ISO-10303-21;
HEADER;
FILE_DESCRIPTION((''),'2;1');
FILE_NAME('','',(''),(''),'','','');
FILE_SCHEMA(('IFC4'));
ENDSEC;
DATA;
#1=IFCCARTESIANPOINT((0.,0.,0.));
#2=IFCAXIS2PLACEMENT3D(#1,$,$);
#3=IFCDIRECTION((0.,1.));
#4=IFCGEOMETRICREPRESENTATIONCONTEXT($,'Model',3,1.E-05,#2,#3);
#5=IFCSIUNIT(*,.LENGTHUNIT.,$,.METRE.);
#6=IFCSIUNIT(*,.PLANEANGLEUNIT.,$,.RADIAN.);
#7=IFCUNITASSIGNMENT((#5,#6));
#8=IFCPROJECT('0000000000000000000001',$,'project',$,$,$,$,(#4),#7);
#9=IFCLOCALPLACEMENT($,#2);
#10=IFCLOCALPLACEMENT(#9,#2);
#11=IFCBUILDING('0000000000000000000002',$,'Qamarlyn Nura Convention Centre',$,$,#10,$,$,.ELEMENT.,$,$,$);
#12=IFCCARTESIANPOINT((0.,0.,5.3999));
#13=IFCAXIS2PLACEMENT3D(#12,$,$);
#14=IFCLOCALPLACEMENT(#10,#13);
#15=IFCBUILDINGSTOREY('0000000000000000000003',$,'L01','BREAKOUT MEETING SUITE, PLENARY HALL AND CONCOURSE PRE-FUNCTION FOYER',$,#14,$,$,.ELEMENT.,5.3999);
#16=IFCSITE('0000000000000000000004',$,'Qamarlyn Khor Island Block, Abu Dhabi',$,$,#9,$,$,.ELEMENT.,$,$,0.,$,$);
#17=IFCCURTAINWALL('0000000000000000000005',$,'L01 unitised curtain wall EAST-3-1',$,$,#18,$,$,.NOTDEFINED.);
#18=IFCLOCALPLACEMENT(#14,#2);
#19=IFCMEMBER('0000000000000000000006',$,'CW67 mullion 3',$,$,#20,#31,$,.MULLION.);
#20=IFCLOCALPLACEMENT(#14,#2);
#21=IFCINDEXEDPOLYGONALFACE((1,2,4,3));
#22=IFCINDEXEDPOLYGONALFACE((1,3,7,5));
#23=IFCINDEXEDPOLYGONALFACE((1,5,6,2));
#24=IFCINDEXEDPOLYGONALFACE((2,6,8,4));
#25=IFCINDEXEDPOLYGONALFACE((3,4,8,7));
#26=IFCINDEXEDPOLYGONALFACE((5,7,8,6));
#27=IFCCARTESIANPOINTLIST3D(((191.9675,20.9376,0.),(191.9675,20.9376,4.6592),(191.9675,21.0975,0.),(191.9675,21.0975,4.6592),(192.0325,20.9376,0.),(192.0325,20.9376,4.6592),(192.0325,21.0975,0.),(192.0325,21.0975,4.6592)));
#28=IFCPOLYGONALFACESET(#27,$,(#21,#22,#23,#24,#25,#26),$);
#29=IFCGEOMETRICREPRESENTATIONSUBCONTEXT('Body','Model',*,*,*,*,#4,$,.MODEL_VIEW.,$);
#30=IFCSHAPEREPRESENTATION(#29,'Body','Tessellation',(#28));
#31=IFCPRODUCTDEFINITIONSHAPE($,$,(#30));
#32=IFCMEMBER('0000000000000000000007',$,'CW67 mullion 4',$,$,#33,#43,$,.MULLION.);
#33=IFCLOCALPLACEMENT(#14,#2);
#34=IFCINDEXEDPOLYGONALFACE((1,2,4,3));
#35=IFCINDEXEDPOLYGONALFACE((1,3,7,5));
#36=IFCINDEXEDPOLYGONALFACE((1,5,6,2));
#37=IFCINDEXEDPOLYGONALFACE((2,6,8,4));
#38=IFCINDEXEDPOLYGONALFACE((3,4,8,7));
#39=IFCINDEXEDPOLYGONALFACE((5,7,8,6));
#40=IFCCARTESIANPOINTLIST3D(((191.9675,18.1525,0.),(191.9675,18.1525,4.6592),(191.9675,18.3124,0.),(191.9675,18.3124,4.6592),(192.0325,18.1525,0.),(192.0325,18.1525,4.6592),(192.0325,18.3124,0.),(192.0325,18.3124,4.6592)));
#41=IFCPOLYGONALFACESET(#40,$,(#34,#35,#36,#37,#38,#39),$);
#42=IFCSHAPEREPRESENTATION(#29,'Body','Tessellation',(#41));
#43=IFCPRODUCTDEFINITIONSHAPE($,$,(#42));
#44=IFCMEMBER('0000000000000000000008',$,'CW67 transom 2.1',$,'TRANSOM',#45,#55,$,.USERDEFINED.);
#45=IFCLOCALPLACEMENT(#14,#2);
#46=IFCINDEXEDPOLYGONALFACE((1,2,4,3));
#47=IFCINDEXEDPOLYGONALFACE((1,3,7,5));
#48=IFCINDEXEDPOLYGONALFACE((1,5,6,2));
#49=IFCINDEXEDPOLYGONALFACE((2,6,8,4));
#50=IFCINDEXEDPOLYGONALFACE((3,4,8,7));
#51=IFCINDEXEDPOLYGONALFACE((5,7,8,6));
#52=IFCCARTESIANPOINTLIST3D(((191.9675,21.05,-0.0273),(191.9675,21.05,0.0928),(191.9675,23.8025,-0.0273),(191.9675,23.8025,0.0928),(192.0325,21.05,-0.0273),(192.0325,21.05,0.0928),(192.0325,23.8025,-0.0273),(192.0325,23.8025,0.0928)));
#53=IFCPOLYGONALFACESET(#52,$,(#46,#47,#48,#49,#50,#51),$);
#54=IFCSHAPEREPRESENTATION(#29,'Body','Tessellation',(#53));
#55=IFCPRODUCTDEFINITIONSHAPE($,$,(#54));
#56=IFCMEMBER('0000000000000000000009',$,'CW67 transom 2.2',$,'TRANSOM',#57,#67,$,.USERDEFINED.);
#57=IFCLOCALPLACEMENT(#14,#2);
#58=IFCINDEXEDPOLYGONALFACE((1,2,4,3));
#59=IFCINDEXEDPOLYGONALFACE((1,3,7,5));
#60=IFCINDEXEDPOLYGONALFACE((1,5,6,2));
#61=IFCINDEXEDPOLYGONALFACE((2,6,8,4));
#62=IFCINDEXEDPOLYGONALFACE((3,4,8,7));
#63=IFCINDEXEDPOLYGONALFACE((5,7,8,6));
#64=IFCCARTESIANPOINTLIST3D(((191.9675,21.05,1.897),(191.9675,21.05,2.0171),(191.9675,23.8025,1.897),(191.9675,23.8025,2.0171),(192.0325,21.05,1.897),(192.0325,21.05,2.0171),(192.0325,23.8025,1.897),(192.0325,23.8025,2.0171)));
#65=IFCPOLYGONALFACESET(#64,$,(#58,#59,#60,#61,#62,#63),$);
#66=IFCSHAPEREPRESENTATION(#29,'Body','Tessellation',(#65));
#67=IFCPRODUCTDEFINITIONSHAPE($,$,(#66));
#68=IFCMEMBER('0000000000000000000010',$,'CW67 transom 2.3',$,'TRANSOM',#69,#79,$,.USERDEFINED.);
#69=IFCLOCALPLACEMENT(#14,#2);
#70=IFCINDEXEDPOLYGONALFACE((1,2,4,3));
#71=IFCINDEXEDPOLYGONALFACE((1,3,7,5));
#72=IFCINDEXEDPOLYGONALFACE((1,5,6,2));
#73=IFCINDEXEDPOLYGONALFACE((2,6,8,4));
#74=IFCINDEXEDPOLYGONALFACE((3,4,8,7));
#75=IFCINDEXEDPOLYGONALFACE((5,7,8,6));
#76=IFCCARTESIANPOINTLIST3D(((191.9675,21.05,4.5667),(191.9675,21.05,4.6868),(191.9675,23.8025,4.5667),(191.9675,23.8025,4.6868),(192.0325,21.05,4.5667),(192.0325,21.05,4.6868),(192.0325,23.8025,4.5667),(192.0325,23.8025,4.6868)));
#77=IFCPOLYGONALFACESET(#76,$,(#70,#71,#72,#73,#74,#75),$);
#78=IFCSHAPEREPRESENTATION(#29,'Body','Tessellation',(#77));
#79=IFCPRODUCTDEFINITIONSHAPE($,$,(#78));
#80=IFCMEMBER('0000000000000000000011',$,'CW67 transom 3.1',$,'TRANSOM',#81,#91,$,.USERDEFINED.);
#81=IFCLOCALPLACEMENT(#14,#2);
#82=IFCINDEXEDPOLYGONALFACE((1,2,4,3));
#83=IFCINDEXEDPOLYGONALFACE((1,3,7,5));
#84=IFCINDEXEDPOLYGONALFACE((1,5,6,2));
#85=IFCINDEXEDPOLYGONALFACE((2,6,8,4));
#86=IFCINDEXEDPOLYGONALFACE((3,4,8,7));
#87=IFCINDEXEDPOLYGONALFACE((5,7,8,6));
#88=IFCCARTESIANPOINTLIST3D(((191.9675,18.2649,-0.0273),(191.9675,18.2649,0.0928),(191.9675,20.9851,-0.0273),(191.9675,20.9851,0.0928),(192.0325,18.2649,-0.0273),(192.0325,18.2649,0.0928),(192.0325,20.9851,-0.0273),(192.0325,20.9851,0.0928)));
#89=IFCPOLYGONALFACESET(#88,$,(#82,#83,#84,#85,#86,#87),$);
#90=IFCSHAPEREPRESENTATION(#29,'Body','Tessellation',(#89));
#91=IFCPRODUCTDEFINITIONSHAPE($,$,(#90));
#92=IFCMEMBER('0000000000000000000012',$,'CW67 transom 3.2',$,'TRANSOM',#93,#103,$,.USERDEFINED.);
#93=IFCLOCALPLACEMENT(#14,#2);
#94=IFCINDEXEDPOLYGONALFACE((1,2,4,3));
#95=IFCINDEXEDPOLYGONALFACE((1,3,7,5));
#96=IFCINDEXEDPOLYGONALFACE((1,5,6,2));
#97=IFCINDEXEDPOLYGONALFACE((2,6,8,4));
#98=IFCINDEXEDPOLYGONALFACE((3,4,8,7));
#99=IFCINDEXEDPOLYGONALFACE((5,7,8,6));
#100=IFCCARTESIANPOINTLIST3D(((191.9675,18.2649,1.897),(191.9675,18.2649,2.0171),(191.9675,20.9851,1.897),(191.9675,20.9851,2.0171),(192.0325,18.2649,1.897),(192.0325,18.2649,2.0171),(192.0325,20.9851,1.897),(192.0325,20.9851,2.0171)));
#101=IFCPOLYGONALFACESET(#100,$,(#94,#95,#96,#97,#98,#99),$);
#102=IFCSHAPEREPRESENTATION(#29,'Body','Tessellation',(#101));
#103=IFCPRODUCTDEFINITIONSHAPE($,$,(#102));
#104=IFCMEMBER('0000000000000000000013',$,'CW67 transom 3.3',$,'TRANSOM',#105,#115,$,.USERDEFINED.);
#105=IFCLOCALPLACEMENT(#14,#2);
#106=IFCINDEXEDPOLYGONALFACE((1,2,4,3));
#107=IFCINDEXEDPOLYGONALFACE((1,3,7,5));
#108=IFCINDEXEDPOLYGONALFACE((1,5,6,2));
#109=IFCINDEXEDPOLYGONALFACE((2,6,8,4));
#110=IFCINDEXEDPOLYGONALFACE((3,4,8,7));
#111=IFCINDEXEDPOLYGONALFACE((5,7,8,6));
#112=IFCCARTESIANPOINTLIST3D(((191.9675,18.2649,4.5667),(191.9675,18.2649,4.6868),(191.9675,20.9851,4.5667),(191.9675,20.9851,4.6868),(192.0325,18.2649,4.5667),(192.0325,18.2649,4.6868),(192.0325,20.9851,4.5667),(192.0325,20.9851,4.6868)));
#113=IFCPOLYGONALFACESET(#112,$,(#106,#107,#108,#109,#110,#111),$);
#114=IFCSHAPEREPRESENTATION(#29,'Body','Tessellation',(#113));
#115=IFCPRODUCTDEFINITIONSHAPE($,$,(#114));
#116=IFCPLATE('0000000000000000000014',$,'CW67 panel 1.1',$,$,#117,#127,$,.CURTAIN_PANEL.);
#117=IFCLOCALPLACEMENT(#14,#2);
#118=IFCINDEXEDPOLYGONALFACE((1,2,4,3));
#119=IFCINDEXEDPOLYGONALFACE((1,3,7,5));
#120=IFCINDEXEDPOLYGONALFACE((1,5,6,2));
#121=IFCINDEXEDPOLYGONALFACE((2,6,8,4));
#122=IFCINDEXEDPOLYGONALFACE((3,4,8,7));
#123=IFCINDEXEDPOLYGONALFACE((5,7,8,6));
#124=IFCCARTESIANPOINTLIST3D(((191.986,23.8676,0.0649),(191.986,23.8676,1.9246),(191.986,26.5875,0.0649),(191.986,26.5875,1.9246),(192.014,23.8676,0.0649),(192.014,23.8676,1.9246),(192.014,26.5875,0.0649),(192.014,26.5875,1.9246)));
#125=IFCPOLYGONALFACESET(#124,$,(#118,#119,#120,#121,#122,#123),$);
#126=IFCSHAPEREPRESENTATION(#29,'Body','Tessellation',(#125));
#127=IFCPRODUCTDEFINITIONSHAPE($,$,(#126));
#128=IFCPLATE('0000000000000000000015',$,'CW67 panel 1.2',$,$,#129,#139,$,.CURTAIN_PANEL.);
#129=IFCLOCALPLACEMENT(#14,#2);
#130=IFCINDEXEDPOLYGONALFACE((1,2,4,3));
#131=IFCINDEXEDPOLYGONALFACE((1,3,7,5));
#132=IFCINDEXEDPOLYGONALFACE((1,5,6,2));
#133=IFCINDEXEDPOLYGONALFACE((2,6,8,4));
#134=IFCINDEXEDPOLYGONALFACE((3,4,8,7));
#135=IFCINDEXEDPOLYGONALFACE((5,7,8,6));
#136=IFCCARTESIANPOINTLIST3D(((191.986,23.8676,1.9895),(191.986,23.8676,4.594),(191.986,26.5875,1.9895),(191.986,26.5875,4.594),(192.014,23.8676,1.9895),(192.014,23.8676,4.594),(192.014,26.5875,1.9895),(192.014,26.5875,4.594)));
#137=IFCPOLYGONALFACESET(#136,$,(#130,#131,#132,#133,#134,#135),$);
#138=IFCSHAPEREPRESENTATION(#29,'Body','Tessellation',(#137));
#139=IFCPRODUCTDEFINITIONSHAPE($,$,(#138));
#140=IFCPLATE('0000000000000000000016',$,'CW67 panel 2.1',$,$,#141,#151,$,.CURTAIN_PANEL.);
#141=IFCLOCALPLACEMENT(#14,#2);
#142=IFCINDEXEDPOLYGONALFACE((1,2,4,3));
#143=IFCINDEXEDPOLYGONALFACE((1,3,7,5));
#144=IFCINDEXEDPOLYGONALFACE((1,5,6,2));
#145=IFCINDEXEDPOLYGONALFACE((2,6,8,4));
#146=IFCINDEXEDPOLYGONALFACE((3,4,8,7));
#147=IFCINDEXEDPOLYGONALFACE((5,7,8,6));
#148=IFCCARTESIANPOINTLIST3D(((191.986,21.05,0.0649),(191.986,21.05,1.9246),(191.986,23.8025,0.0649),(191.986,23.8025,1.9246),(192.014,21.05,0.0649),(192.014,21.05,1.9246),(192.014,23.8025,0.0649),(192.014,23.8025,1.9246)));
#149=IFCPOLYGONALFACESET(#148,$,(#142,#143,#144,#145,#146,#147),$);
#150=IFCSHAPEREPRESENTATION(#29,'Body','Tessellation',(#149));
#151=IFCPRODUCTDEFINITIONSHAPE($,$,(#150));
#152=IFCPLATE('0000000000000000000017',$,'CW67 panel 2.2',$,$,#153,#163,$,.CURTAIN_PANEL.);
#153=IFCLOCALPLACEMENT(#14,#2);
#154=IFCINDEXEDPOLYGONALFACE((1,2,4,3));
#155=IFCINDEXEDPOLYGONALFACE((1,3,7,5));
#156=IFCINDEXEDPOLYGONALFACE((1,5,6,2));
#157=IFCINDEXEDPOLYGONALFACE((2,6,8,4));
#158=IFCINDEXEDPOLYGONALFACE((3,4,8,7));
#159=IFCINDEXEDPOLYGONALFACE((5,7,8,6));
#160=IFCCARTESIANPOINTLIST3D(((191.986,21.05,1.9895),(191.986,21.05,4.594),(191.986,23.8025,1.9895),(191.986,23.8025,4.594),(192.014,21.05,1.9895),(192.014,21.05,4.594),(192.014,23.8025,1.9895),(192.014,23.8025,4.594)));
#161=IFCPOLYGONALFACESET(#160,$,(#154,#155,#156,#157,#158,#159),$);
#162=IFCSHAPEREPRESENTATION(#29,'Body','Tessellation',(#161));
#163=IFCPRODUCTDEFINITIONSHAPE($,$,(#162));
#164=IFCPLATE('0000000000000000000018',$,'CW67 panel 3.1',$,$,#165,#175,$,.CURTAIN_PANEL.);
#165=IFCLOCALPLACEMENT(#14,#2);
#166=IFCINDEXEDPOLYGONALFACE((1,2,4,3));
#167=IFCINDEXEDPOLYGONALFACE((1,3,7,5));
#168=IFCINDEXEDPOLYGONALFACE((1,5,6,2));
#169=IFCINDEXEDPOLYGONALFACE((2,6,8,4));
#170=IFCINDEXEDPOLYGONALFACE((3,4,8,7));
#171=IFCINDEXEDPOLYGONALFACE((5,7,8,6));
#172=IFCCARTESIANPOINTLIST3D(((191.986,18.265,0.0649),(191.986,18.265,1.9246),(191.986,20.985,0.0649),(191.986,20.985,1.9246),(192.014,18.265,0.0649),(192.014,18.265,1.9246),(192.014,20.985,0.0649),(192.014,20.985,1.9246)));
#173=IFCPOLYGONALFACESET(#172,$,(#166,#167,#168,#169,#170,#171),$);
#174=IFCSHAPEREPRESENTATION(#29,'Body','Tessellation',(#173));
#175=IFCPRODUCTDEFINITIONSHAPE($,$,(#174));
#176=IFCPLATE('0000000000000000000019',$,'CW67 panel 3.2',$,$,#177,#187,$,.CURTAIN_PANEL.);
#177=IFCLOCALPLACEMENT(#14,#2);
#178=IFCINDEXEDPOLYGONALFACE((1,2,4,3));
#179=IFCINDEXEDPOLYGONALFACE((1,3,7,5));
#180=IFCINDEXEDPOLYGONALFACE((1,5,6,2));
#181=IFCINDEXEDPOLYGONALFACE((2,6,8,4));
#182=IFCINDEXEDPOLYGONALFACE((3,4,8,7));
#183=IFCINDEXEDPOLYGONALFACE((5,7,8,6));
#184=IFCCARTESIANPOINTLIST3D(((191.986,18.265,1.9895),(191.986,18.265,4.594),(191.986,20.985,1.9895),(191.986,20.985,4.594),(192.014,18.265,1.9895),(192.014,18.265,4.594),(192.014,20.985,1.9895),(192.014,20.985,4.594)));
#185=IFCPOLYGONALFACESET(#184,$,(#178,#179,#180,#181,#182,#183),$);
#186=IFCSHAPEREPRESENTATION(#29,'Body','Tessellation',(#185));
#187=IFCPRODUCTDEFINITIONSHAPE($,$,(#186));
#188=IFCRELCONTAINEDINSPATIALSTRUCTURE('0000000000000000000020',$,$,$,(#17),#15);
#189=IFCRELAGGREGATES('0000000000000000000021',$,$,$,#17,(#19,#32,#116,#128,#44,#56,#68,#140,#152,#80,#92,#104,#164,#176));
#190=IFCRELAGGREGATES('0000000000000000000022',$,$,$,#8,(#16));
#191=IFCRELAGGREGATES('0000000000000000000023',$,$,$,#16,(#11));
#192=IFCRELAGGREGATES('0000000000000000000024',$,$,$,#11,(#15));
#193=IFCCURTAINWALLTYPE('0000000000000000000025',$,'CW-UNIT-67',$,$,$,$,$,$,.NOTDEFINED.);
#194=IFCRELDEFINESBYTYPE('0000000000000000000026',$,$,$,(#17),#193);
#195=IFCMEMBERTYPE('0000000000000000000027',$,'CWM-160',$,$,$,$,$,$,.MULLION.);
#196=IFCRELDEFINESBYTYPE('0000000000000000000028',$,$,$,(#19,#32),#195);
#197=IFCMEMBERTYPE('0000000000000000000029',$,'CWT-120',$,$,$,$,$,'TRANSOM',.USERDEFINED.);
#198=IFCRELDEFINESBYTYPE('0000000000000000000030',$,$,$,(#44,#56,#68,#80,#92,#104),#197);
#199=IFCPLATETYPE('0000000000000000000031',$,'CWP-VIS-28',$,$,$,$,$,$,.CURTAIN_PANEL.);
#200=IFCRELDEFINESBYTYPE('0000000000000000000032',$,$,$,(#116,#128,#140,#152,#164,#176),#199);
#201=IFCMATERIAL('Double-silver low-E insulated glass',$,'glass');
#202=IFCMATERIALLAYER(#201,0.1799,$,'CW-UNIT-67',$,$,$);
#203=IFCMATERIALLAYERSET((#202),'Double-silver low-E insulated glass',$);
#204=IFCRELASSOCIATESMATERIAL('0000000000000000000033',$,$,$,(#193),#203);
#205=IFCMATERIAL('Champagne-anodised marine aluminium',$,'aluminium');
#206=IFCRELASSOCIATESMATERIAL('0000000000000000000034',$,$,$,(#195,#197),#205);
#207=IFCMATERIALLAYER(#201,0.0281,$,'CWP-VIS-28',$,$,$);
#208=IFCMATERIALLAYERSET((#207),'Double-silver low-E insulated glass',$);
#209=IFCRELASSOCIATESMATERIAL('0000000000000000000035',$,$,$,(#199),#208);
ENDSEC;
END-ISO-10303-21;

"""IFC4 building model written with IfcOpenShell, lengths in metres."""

from ifc_helpers import new_model, si_unit, direction, frame, origin, origin_2d, place, context, subcontext, project, spatial, rectangle, extrude, material, layer, layer_set, material_profile, profile_set, type_object, element, aggregate, save


model = new_model("IFC4")

# Units and contexts
model_context = context("Model", 3, precision=1e-05, world=origin(), true_north=direction((0.0, 1.0)))
body_context = subcontext(model_context, "Body", "Model", "MODEL_VIEW")
ifc_project = project(units=[si_unit("LENGTHUNIT", "METRE"), si_unit("PLANEANGLEUNIT", "RADIAN")], contexts=[model_context])

# Site, building, storey
site_placement = place(None, origin())
site = spatial("IfcSite", under=ifc_project, at=site_placement, Name="Qamarlyn Khor Island Block, Abu Dhabi", CompositionType="ELEMENT", RefElevation=0.0)
building_placement = place(site_placement, origin())
building = spatial("IfcBuilding", under=site, at=building_placement, Name="Qamarlyn Nura Convention Centre", CompositionType="ELEMENT")
storey_placement = place(building_placement, frame((0.0, 0.0, 5.3999)))
storey = spatial("IfcBuildingStorey", under=building, at=storey_placement, Name="L01", Description="BREAKOUT MEETING SUITE, PLENARY HALL AND CONCOURSE PRE-FUNCTION FOYER", CompositionType="ELEMENT", Elevation=5.3999)

# Curtain wall, members, plates
ifc_material_1 = material(Name="Double-silver low-E insulated glass", Category="glass")
ifc_layer_1 = layer(ifc_material_1, 0.1799, Name="CW-UNIT-67")
ifc_layer_set_1 = layer_set([ifc_layer_1], Name="Double-silver low-E insulated glass")
curtain_wall_type = type_object("IfcCurtainWallType", Name="CW-UNIT-67", PredefinedType="NOTDEFINED", material=ifc_layer_set_1)
curtain_wall_placement = place(storey_placement, origin())
curtain_wall = element("IfcCurtainWall", 1, at=curtain_wall_placement, inside=storey, type_object=curtain_wall_type, Name="L01 unitised curtain wall EAST-3-1", PredefinedType="NOTDEFINED")
ifc_material_2 = material(Name="Champagne-anodised marine aluminium", Category="aluminium")
ifc_material_profile_1 = material_profile(ifc_material_2, rectangle(XDim=0.0649, YDim=0.1599, at=origin_2d()), Name="ALU MULLION 65x160")
ifc_profile_set_1 = profile_set([ifc_material_profile_1], Name="Champagne-anodised marine aluminium")
member_type_1 = type_object("IfcMemberType", Name="CWM-160", PredefinedType="MULLION", material=ifc_profile_set_1)
member_1_placement = place(storey_placement, frame((192.0, 21.0176, 0.0), z_axis=(0.0, 0.0, 1.0), x_axis=(1.0, 0.0, 0.0)))
member_1 = element("IfcMember", 2, at=member_1_placement, type_object=member_type_1, Name="CW67 mullion 3", PredefinedType="MULLION", context=body_context, shape_type="SweptSolid", body=[
    extrude(rectangle(XDim=0.0649, YDim=0.1599, at=origin_2d()), origin(), (0.0, 0.0, 1.0), 4.6592),
])
member_2_placement = place(storey_placement, frame((192.0, 18.2324, 0.0), z_axis=(0.0, 0.0, 1.0), x_axis=(1.0, 0.0, 0.0)))
member_2 = element("IfcMember", 3, at=member_2_placement, type_object=member_type_1, Name="CW67 mullion 4", PredefinedType="MULLION", context=body_context, shape_type="SweptSolid", body=[
    extrude(rectangle(XDim=0.0649, YDim=0.1599, at=origin_2d()), origin(), (0.0, 0.0, 1.0), 4.6592),
])
ifc_material_profile_2 = material_profile(ifc_material_2, rectangle(XDim=0.0649, YDim=0.1201, at=origin_2d()), Name="ALU TRANSOM 65x120")
ifc_profile_set_2 = profile_set([ifc_material_profile_2], Name="Champagne-anodised marine aluminium")
member_type_2 = type_object("IfcMemberType", Name="CWT-120", ElementType="TRANSOM", PredefinedType="USERDEFINED", material=ifc_profile_set_2)
member_3_placement = place(storey_placement, frame((192.0, 23.8025, 0.0327), z_axis=(0.0, -1.0, 0.0), x_axis=(1.0, 0.0, 0.0)))
member_3 = element("IfcMember", 4, at=member_3_placement, type_object=member_type_2, Name="CW67 transom 2.1", ObjectType="TRANSOM", PredefinedType="USERDEFINED", context=body_context, shape_type="SweptSolid", body=[
    extrude(rectangle(XDim=0.0649, YDim=0.1201, at=origin_2d()), origin(), (0.0, 0.0, 1.0), 2.7524),
])
member_4_placement = place(storey_placement, frame((192.0, 23.8025, 1.957), z_axis=(0.0, -1.0, 0.0), x_axis=(1.0, 0.0, 0.0)))
member_4 = element("IfcMember", 5, at=member_4_placement, type_object=member_type_2, Name="CW67 transom 2.2", ObjectType="TRANSOM", PredefinedType="USERDEFINED", context=body_context, shape_type="SweptSolid", body=[
    extrude(rectangle(XDim=0.0649, YDim=0.1201, at=origin_2d()), origin(), (0.0, 0.0, 1.0), 2.7524),
])
member_5_placement = place(storey_placement, frame((192.0, 23.8025, 4.6267), z_axis=(0.0, -1.0, 0.0), x_axis=(1.0, 0.0, 0.0)))
member_5 = element("IfcMember", 6, at=member_5_placement, type_object=member_type_2, Name="CW67 transom 2.3", ObjectType="TRANSOM", PredefinedType="USERDEFINED", context=body_context, shape_type="SweptSolid", body=[
    extrude(rectangle(XDim=0.0649, YDim=0.1201, at=origin_2d()), origin(), (0.0, 0.0, 1.0), 2.7524),
])
member_6_placement = place(storey_placement, frame((192.0, 20.9851, 0.0327), z_axis=(0.0, -1.0, 0.0), x_axis=(1.0, 0.0, 0.0)))
member_6 = element("IfcMember", 7, at=member_6_placement, type_object=member_type_2, Name="CW67 transom 3.1", ObjectType="TRANSOM", PredefinedType="USERDEFINED", context=body_context, shape_type="SweptSolid", body=[
    extrude(rectangle(XDim=0.0649, YDim=0.1201, at=origin_2d()), origin(), (0.0, 0.0, 1.0), 2.7202),
])
member_7_placement = place(storey_placement, frame((192.0, 20.9851, 1.957), z_axis=(0.0, -1.0, 0.0), x_axis=(1.0, 0.0, 0.0)))
member_7 = element("IfcMember", 8, at=member_7_placement, type_object=member_type_2, Name="CW67 transom 3.2", ObjectType="TRANSOM", PredefinedType="USERDEFINED", context=body_context, shape_type="SweptSolid", body=[
    extrude(rectangle(XDim=0.0649, YDim=0.1201, at=origin_2d()), origin(), (0.0, 0.0, 1.0), 2.7202),
])
member_8_placement = place(storey_placement, frame((192.0, 20.9851, 4.6267), z_axis=(0.0, -1.0, 0.0), x_axis=(1.0, 0.0, 0.0)))
member_8 = element("IfcMember", 9, at=member_8_placement, type_object=member_type_2, Name="CW67 transom 3.3", ObjectType="TRANSOM", PredefinedType="USERDEFINED", context=body_context, shape_type="SweptSolid", body=[
    extrude(rectangle(XDim=0.0649, YDim=0.1201, at=origin_2d()), origin(), (0.0, 0.0, 1.0), 2.7202),
])
ifc_layer_2 = layer(ifc_material_1, 0.0281, Name="CWP-VIS-28")
ifc_layer_set_2 = layer_set([ifc_layer_2], Name="Double-silver low-E insulated glass")
plate_type = type_object("IfcPlateType", Name="CWP-VIS-28", PredefinedType="CURTAIN_PANEL", material=ifc_layer_set_2)
plate_1_placement = place(storey_placement, frame((192.0, 25.2275, 0.0649), z_axis=(0.0, 0.0, 1.0), x_axis=(0.0, -1.0, 0.0)))
plate_1 = element("IfcPlate", 10, at=plate_1_placement, type_object=plate_type, Name="CW67 panel 1.1", PredefinedType="CURTAIN_PANEL", context=body_context, shape_type="SweptSolid", body=[
    extrude(rectangle(XDim=2.72, YDim=0.0281, at=origin_2d()), origin(), (0.0, 0.0, 1.0), 1.8596),
])
plate_2_placement = place(storey_placement, frame((192.0, 25.2275, 1.9895), z_axis=(0.0, 0.0, 1.0), x_axis=(0.0, -1.0, 0.0)))
plate_2 = element("IfcPlate", 11, at=plate_2_placement, type_object=plate_type, Name="CW67 panel 1.2", PredefinedType="CURTAIN_PANEL", context=body_context, shape_type="SweptSolid", body=[
    extrude(rectangle(XDim=2.72, YDim=0.0281, at=origin_2d()), origin(), (0.0, 0.0, 1.0), 2.6045),
])
plate_3_placement = place(storey_placement, frame((192.0, 22.4263, 0.0649), z_axis=(0.0, 0.0, 1.0), x_axis=(0.0, -1.0, 0.0)))
plate_3 = element("IfcPlate", 12, at=plate_3_placement, type_object=plate_type, Name="CW67 panel 2.1", PredefinedType="CURTAIN_PANEL", context=body_context, shape_type="SweptSolid", body=[
    extrude(rectangle(XDim=2.7524, YDim=0.0281, at=origin_2d()), origin(), (0.0, 0.0, 1.0), 1.8596),
])
plate_4_placement = place(storey_placement, frame((192.0, 22.4263, 1.9895), z_axis=(0.0, 0.0, 1.0), x_axis=(0.0, -1.0, 0.0)))
plate_4 = element("IfcPlate", 13, at=plate_4_placement, type_object=plate_type, Name="CW67 panel 2.2", PredefinedType="CURTAIN_PANEL", context=body_context, shape_type="SweptSolid", body=[
    extrude(rectangle(XDim=2.7524, YDim=0.0281, at=origin_2d()), origin(), (0.0, 0.0, 1.0), 2.6045),
])
plate_5_placement = place(storey_placement, frame((192.0, 19.625, 0.0649), z_axis=(0.0, 0.0, 1.0), x_axis=(0.0, -1.0, 0.0)))
plate_5 = element("IfcPlate", 14, at=plate_5_placement, type_object=plate_type, Name="CW67 panel 3.1", PredefinedType="CURTAIN_PANEL", context=body_context, shape_type="SweptSolid", body=[
    extrude(rectangle(XDim=2.72, YDim=0.0281, at=origin_2d()), origin(), (0.0, 0.0, 1.0), 1.8596),
])
plate_6_placement = place(storey_placement, frame((192.0, 19.625, 1.9895), z_axis=(0.0, 0.0, 1.0), x_axis=(0.0, -1.0, 0.0)))
plate_6 = element("IfcPlate", 15, at=plate_6_placement, type_object=plate_type, Name="CW67 panel 3.2", PredefinedType="CURTAIN_PANEL", context=body_context, shape_type="SweptSolid", body=[
    extrude(rectangle(XDim=2.72, YDim=0.0281, at=origin_2d()), origin(), (0.0, 0.0, 1.0), 2.6045),
])
aggregate(curtain_wall, [member_1, member_2, plate_1, plate_2, member_3, member_4, member_5, plate_3, plate_4, member_6, member_7, member_8, plate_5, plate_6])

save(model, "model.ifc")
